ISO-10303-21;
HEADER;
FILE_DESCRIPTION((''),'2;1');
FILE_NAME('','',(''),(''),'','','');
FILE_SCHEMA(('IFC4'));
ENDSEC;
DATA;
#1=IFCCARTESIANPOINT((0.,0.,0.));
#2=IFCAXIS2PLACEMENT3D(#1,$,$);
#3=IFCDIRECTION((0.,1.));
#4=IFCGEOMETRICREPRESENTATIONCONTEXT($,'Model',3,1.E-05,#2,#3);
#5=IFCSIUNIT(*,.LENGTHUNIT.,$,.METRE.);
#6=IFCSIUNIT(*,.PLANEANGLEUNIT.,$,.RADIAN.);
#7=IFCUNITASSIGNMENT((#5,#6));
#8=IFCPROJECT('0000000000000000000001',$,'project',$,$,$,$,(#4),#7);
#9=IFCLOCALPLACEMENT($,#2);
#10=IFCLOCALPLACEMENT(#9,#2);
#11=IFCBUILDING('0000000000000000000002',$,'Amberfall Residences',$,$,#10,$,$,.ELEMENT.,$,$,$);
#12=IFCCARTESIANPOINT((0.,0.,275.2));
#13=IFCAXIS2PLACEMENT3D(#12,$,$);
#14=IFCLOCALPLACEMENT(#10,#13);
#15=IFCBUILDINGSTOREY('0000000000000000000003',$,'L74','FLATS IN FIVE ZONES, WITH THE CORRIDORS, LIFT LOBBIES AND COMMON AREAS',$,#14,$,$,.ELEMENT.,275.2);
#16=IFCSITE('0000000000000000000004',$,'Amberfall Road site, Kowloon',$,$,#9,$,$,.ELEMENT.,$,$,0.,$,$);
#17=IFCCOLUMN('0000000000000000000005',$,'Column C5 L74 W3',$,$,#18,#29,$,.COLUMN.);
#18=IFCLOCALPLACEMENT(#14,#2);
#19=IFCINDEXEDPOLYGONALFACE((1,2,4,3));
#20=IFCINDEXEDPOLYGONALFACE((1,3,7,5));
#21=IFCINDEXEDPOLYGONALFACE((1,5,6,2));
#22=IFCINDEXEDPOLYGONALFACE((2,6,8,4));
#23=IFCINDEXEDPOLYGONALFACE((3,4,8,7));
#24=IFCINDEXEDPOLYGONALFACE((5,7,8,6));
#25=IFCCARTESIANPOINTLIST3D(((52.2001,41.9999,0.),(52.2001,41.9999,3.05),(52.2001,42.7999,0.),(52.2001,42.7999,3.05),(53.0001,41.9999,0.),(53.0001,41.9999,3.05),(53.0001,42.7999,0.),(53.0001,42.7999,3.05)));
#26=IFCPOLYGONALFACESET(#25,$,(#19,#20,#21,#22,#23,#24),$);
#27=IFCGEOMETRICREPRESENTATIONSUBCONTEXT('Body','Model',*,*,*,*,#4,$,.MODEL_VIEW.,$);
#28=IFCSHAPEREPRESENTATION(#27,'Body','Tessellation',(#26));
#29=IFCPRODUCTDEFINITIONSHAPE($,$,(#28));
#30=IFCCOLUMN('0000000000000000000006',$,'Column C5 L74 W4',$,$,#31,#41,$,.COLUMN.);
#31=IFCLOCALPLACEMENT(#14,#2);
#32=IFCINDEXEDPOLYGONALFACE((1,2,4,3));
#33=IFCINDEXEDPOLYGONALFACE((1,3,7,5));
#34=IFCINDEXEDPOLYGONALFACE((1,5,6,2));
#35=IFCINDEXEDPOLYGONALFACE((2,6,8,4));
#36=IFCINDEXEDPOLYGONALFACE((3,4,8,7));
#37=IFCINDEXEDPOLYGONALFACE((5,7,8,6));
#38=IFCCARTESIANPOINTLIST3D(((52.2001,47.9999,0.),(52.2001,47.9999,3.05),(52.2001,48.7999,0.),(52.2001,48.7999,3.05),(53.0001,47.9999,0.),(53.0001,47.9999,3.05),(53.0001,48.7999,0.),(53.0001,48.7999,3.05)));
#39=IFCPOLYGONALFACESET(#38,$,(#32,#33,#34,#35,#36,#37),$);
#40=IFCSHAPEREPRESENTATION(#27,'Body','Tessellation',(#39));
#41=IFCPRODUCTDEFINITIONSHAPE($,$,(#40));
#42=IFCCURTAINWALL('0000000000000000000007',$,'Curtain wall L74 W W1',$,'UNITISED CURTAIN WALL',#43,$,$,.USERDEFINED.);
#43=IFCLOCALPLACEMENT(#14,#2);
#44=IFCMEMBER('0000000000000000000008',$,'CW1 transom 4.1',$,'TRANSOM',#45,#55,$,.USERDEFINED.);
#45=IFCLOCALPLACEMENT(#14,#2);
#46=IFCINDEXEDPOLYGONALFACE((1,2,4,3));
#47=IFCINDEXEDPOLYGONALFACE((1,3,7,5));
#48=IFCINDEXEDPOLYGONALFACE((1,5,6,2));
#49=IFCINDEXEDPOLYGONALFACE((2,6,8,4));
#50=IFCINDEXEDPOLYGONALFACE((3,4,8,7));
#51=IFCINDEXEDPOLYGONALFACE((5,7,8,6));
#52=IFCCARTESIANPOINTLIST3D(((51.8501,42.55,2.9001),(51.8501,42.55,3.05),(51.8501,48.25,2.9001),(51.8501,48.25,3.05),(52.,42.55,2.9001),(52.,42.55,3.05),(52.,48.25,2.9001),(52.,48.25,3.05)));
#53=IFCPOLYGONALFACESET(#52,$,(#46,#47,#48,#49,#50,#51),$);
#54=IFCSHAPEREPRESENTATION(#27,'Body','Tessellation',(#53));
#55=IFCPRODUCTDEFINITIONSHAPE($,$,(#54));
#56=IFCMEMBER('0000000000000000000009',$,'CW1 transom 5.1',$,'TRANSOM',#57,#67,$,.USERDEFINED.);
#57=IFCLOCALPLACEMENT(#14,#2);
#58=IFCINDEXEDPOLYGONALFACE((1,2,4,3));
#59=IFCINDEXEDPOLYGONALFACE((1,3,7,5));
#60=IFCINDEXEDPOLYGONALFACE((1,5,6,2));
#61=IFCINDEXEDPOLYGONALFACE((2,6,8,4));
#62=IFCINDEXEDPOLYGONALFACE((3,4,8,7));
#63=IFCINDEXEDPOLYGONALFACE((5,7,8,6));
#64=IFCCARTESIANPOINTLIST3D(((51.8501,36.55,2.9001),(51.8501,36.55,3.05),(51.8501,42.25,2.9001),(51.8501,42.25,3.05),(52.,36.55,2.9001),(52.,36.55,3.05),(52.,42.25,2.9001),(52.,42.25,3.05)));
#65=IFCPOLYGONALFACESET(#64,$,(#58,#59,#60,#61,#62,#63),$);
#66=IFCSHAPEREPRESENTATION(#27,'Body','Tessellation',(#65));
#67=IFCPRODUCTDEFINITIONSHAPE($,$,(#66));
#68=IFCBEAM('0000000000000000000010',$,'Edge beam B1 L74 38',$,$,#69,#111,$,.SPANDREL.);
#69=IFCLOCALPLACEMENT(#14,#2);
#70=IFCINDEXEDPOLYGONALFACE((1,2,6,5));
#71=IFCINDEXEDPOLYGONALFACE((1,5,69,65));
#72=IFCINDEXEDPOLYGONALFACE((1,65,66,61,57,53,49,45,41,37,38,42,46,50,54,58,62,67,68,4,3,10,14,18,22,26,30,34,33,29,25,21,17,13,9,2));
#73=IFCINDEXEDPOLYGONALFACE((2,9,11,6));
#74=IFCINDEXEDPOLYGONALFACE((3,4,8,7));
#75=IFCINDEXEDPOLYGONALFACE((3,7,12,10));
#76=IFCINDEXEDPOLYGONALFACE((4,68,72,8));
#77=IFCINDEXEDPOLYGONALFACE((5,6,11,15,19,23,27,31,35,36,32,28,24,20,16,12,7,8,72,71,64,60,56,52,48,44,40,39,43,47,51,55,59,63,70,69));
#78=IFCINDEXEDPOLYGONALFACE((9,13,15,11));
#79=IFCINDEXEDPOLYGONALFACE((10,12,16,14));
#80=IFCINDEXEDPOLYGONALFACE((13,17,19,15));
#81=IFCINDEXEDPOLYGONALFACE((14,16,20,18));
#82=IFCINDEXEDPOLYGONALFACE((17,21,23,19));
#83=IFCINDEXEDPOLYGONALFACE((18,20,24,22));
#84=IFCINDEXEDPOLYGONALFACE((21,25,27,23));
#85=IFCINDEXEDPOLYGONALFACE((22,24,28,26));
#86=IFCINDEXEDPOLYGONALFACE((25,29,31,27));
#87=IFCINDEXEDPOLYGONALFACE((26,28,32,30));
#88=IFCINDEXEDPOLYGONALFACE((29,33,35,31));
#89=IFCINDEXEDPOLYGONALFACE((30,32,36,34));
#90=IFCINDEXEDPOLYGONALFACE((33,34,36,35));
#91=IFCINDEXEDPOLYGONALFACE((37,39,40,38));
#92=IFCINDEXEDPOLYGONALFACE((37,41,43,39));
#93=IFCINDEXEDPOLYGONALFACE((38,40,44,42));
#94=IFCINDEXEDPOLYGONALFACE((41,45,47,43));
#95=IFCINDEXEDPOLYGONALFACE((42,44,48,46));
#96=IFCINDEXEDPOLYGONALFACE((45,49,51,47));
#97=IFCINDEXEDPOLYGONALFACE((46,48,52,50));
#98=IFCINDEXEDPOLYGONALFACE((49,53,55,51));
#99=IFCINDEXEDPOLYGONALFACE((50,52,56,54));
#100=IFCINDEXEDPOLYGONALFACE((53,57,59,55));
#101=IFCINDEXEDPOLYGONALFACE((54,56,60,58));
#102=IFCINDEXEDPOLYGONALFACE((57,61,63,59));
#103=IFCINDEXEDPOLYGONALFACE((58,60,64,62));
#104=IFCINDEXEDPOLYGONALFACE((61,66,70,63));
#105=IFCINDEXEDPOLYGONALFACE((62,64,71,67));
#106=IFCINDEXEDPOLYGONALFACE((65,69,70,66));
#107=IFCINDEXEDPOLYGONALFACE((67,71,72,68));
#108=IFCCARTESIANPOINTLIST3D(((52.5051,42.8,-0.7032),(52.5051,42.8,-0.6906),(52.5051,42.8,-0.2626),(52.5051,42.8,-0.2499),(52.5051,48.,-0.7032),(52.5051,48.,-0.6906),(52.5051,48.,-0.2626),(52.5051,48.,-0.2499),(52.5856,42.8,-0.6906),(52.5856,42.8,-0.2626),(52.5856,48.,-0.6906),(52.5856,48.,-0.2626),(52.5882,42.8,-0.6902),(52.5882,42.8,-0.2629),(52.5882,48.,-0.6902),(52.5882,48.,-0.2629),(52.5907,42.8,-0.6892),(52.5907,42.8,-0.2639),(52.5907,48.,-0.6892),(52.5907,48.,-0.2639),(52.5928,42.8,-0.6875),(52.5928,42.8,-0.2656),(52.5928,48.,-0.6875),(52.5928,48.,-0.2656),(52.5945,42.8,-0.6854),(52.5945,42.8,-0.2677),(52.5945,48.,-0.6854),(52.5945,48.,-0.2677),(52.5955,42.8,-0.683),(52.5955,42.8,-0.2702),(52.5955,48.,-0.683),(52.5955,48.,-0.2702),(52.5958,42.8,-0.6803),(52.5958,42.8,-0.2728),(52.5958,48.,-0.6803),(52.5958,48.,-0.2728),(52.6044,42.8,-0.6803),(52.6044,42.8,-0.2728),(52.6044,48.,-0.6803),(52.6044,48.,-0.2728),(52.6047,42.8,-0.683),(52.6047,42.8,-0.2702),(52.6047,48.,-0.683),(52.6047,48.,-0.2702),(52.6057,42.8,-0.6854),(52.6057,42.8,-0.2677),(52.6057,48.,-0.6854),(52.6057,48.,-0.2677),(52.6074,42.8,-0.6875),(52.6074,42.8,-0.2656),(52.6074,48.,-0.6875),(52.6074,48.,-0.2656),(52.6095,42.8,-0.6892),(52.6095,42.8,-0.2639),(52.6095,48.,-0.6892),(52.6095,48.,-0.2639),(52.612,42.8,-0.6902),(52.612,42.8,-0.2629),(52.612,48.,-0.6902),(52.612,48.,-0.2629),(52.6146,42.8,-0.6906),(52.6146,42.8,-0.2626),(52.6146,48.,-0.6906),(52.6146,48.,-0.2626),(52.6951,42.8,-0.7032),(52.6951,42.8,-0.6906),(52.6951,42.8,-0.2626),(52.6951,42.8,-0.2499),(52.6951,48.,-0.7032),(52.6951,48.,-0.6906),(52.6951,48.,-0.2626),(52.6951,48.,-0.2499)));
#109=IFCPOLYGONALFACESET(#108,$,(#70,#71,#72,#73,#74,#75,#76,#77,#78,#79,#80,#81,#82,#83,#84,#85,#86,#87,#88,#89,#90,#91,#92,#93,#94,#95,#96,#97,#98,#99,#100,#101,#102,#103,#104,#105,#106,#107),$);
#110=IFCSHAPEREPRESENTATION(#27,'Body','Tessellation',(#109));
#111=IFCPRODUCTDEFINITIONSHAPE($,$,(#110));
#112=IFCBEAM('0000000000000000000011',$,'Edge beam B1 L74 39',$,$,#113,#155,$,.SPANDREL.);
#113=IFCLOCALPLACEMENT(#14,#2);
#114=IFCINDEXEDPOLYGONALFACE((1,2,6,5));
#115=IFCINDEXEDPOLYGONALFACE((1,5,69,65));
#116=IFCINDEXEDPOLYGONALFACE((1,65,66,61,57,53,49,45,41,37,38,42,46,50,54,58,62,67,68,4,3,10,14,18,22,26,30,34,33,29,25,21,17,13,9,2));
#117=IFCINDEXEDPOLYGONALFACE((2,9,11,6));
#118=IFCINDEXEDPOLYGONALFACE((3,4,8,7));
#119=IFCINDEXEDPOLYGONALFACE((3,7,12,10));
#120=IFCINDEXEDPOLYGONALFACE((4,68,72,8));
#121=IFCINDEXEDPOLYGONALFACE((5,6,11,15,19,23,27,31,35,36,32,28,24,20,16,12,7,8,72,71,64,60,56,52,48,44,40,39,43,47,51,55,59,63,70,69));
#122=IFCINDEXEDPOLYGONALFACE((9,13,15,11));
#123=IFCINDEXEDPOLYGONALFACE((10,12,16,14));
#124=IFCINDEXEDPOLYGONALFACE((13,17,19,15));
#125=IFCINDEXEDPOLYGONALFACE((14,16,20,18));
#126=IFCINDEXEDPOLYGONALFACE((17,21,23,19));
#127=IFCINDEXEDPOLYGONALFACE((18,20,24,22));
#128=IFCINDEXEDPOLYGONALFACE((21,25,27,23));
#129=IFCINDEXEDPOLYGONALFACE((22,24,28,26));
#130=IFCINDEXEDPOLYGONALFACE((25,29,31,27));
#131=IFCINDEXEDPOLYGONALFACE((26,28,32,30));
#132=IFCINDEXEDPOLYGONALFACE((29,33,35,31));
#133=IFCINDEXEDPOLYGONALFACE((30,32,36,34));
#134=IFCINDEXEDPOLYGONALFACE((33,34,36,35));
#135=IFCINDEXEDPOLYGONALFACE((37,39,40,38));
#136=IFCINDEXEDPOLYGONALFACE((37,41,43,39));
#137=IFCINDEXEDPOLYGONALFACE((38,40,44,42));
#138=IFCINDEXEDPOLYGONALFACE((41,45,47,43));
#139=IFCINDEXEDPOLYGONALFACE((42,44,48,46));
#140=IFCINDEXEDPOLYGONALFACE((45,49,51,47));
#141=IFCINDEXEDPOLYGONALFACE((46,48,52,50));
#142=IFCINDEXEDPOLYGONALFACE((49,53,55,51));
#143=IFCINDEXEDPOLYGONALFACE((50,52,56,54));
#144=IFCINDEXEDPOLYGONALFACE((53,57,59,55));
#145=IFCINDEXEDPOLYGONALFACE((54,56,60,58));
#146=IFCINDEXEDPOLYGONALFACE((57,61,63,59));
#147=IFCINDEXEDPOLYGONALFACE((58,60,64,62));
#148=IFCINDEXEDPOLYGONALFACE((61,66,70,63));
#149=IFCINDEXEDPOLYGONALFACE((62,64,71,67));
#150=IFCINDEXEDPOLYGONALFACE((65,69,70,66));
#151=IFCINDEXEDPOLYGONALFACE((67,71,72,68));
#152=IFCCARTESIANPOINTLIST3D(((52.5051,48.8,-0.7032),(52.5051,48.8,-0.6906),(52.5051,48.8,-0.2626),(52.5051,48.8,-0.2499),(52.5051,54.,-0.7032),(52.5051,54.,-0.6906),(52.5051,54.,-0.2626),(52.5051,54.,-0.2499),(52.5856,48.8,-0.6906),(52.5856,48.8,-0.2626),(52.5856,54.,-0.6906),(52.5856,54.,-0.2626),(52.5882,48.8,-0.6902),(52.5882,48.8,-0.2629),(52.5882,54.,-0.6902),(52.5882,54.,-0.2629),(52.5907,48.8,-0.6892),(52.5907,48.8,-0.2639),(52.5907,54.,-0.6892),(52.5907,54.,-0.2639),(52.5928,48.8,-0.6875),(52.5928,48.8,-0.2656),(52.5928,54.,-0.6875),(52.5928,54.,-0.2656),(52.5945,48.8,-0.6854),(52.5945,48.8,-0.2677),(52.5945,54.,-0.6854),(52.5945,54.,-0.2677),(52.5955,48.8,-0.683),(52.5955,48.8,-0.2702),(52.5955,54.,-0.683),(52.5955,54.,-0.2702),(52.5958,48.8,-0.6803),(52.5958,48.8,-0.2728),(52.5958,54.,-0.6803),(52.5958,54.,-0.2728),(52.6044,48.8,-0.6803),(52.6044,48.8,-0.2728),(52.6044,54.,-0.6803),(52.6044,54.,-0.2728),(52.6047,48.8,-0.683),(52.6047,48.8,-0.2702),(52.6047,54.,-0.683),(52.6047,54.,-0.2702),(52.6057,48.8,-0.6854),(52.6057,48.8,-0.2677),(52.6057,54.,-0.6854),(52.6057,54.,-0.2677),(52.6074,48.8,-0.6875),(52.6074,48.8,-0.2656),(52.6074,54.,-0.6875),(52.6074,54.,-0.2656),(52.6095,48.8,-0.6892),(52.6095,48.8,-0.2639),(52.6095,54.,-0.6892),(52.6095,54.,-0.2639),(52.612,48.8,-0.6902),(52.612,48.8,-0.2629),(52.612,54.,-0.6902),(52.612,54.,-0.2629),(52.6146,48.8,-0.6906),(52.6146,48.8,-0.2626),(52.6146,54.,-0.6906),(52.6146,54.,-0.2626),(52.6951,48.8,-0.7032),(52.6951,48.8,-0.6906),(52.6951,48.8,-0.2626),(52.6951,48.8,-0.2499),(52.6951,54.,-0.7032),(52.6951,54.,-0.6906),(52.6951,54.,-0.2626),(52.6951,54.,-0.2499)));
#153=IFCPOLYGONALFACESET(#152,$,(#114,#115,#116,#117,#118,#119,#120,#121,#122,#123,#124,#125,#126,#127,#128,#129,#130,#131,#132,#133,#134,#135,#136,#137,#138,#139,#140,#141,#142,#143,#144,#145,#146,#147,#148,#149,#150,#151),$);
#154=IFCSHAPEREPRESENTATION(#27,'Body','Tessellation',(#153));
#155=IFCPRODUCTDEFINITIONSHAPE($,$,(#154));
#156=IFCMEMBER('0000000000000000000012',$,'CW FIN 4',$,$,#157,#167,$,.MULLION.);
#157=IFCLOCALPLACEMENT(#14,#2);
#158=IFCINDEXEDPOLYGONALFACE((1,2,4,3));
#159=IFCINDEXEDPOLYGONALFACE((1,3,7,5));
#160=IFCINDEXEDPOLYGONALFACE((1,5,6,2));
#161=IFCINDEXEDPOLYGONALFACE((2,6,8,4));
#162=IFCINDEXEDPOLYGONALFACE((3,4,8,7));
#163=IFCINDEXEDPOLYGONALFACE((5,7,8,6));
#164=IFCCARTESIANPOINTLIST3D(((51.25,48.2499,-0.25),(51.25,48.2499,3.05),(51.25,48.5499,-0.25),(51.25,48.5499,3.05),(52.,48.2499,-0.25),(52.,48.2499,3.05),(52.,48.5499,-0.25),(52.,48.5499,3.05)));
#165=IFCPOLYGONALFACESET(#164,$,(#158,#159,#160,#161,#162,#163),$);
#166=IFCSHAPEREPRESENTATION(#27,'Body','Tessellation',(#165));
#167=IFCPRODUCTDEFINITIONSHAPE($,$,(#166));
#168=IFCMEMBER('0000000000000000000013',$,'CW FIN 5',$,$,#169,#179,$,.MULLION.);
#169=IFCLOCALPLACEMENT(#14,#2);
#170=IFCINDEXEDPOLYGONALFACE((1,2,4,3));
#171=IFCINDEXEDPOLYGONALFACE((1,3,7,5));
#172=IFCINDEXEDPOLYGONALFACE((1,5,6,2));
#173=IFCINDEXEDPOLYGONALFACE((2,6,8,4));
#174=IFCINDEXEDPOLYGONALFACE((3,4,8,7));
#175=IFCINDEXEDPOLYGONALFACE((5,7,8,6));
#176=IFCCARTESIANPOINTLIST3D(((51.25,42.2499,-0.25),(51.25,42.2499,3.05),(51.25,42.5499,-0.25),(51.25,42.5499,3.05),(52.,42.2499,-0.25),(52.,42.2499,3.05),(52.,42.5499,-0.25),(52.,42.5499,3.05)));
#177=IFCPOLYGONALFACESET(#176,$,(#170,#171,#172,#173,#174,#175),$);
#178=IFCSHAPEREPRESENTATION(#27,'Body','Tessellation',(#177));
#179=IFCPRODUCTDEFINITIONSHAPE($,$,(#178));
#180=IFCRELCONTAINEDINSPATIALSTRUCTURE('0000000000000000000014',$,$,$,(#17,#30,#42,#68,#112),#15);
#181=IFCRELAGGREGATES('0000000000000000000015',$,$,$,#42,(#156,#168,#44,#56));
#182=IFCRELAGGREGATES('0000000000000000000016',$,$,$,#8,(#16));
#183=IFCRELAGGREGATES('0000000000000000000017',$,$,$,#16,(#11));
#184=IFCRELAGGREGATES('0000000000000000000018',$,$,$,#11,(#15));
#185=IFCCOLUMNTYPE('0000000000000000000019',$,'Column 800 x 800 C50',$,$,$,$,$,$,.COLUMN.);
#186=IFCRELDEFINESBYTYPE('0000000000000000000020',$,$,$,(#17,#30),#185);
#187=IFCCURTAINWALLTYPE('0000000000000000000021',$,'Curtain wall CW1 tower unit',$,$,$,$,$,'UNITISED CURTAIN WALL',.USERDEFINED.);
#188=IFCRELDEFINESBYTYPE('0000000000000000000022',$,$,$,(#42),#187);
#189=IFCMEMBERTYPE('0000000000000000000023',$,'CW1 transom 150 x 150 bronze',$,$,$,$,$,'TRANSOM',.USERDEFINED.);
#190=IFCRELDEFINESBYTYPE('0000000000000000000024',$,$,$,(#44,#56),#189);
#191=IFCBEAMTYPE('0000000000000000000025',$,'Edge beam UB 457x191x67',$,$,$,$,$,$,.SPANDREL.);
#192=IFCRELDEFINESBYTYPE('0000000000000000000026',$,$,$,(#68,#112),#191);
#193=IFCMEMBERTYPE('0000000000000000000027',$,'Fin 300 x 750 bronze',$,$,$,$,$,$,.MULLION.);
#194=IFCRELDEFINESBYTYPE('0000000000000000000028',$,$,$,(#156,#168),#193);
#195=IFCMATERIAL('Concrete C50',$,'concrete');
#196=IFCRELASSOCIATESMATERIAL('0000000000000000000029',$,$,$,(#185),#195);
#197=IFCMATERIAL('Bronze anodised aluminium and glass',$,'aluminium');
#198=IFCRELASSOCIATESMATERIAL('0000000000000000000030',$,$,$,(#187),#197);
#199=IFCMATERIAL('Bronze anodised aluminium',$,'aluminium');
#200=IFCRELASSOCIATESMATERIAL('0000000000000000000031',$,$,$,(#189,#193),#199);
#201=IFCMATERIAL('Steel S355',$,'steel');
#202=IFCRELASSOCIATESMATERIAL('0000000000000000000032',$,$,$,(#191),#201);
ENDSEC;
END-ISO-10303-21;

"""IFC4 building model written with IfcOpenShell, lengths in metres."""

from ifc_helpers import new_model, si_unit, direction, frame, origin, origin_2d, place, context, subcontext, project, spatial, rectangle, i_section, extrude, material, material_profile, profile_set, type_object, element, aggregate, save


model = new_model("IFC4")

# Units and contexts
model_context = context("Model", 3, precision=1e-05, world=origin(), true_north=direction((0.0, 1.0)))
body_context = subcontext(model_context, "Body", "Model", "MODEL_VIEW")
ifc_project = project(units=[si_unit("LENGTHUNIT", "METRE"), si_unit("PLANEANGLEUNIT", "RADIAN")], contexts=[model_context])

# Site, building, storey
site_placement = place(None, origin())
site = spatial("IfcSite", under=ifc_project, at=site_placement, Name="Amberfall Road site, Kowloon", CompositionType="ELEMENT", RefElevation=0.0)
building_placement = place(site_placement, origin())
building = spatial("IfcBuilding", under=site, at=building_placement, Name="Amberfall Residences", CompositionType="ELEMENT")
storey_placement = place(building_placement, frame((0.0, 0.0, 275.2)))
storey = spatial("IfcBuildingStorey", under=building, at=storey_placement, Name="L74", Description="FLATS IN FIVE ZONES, WITH THE CORRIDORS, LIFT LOBBIES AND COMMON AREAS", CompositionType="ELEMENT", Elevation=275.2)

# Columns
ifc_material_1 = material(Name="Concrete C50", Category="concrete")
ifc_material_profile_1 = material_profile(ifc_material_1, rectangle(XDim=0.8, YDim=0.8, at=origin_2d()), Name="Column 800 x 800 C50")
ifc_profile_set_1 = profile_set([ifc_material_profile_1], Name="Concrete C50")
column_type = type_object("IfcColumnType", Name="Column 800 x 800 C50", PredefinedType="COLUMN", material=ifc_profile_set_1)
for number, where, z_axis, x_axis, name in (
    (1, (52.6001, 42.3999, 0.0), (0.0, 0.0, 1.0), (1.0, 0.0, 0.0), "Column C5 L74 W3"),
    (2, (52.6001, 48.3999, 0.0), (0.0, 0.0, 1.0), (1.0, 0.0, 0.0), "Column C5 L74 W4"),
):
    element("IfcColumn", number, at=place(storey_placement, frame(where, z_axis=z_axis, x_axis=x_axis)), inside=storey, type_object=column_type, Name=name, PredefinedType="COLUMN", context=body_context, shape_type="SweptSolid", body=[
        extrude(rectangle(XDim=0.8, YDim=0.8, at=origin_2d()), origin(), (0.0, 0.0, 1.0), 3.05),
    ])

# Curtain wall, members
ifc_material_2 = material(Name="Bronze anodised aluminium and glass", Category="aluminium")
curtain_wall_type = type_object("IfcCurtainWallType", Name="Curtain wall CW1 tower unit", ElementType="UNITISED CURTAIN WALL", PredefinedType="USERDEFINED", material=ifc_material_2)
curtain_wall_placement = place(storey_placement, origin())
curtain_wall = element("IfcCurtainWall", 3, at=curtain_wall_placement, inside=storey, type_object=curtain_wall_type, Name="Curtain wall L74 W W1", ObjectType="UNITISED CURTAIN WALL", PredefinedType="USERDEFINED")
ifc_material_3 = material(Name="Bronze anodised aluminium", Category="aluminium")
ifc_material_profile_2 = material_profile(ifc_material_3, rectangle(XDim=0.1499, YDim=0.1499, at=origin_2d()), Name="CW1 transom 150 x 150 bronze")
ifc_profile_set_2 = profile_set([ifc_material_profile_2], Name="Bronze anodised aluminium")
member_type_1 = type_object("IfcMemberType", Name="CW1 transom 150 x 150 bronze", ElementType="TRANSOM", PredefinedType="USERDEFINED", material=ifc_profile_set_2)
member_1_placement = place(storey_placement, frame((51.925, 48.25, 2.9751), z_axis=(0.0, -1.0, 0.0), x_axis=(1.0, 0.0, 0.0)))
member_1 = element("IfcMember", 4, at=member_1_placement, type_object=member_type_1, Name="CW1 transom 4.1", ObjectType="TRANSOM", PredefinedType="USERDEFINED", context=body_context, shape_type="SweptSolid", body=[
    extrude(rectangle(XDim=0.1499, YDim=0.1499, at=origin_2d()), origin(), (0.0, 0.0, 1.0), 5.7),
])
member_2_placement = place(storey_placement, frame((51.925, 42.25, 2.9751), z_axis=(0.0, -1.0, 0.0), x_axis=(1.0, 0.0, 0.0)))
member_2 = element("IfcMember", 5, at=member_2_placement, type_object=member_type_1, Name="CW1 transom 5.1", ObjectType="TRANSOM", PredefinedType="USERDEFINED", context=body_context, shape_type="SweptSolid", body=[
    extrude(rectangle(XDim=0.1499, YDim=0.1499, at=origin_2d()), origin(), (0.0, 0.0, 1.0), 5.7),
])

# Beams
ifc_material_4 = material(Name="Steel S355", Category="steel")
ifc_material_profile_3 = material_profile(ifc_material_4, i_section(OverallWidth=0.1899, OverallDepth=0.4534, WebThickness=0.0085, FlangeThickness=0.0127, FilletRadius=0.0103, at=origin_2d()), Name="UB 457x191x67")
ifc_profile_set_3 = profile_set([ifc_material_profile_3], Name="Steel S355")
beam_type_1 = type_object("IfcBeamType", Name="Edge beam UB 457x191x67", PredefinedType="SPANDREL", material=ifc_profile_set_3)
for number, where, z_axis, x_axis, name in (
    (6, (52.6001, 42.8, -0.4766), (0.0, 1.0, 0.0), (-1.0, 0.0, 0.0), "Edge beam B1 L74 38"),
    (7, (52.6001, 48.8, -0.4766), (0.0, 1.0, 0.0), (-1.0, 0.0, 0.0), "Edge beam B1 L74 39"),
):
    element("IfcBeam", number, at=place(storey_placement, frame(where, z_axis=z_axis, x_axis=x_axis)), inside=storey, type_object=beam_type_1, Name=name, PredefinedType="SPANDREL", context=body_context, shape_type="SweptSolid", body=[
        extrude(i_section(OverallWidth=0.1899, OverallDepth=0.4534, WebThickness=0.0085, FlangeThickness=0.0127, FilletRadius=0.0103, at=origin_2d()), origin(), (0.0, 0.0, 1.0), 5.2),
    ])

# Members
ifc_material_profile_4 = material_profile(ifc_material_3, rectangle(XDim=0.75, YDim=0.3, at=origin_2d()), Name="Fin 300 x 750 bronze")
ifc_profile_set_4 = profile_set([ifc_material_profile_4], Name="Bronze anodised aluminium")
member_type_2 = type_object("IfcMemberType", Name="Fin 300 x 750 bronze", PredefinedType="MULLION", material=ifc_profile_set_4)
member_3_placement = place(storey_placement, frame((51.625, 48.3999, -0.25), z_axis=(0.0, 0.0, 1.0), x_axis=(1.0, 0.0, 0.0)))
member_3 = element("IfcMember", 8, at=member_3_placement, type_object=member_type_2, Name="CW FIN 4", PredefinedType="MULLION", context=body_context, shape_type="SweptSolid", body=[
    extrude(rectangle(XDim=0.75, YDim=0.3, at=origin_2d()), origin(), (0.0, 0.0, 1.0), 3.3),
])
member_4_placement = place(storey_placement, frame((51.625, 42.3999, -0.25), z_axis=(0.0, 0.0, 1.0), x_axis=(1.0, 0.0, 0.0)))
member_4 = element("IfcMember", 9, at=member_4_placement, type_object=member_type_2, Name="CW FIN 5", PredefinedType="MULLION", context=body_context, shape_type="SweptSolid", body=[
    extrude(rectangle(XDim=0.75, YDim=0.3, at=origin_2d()), origin(), (0.0, 0.0, 1.0), 3.3),
])

aggregate(curtain_wall, [member_3, member_4, member_1, member_2])

save(model, "model.ifc")
